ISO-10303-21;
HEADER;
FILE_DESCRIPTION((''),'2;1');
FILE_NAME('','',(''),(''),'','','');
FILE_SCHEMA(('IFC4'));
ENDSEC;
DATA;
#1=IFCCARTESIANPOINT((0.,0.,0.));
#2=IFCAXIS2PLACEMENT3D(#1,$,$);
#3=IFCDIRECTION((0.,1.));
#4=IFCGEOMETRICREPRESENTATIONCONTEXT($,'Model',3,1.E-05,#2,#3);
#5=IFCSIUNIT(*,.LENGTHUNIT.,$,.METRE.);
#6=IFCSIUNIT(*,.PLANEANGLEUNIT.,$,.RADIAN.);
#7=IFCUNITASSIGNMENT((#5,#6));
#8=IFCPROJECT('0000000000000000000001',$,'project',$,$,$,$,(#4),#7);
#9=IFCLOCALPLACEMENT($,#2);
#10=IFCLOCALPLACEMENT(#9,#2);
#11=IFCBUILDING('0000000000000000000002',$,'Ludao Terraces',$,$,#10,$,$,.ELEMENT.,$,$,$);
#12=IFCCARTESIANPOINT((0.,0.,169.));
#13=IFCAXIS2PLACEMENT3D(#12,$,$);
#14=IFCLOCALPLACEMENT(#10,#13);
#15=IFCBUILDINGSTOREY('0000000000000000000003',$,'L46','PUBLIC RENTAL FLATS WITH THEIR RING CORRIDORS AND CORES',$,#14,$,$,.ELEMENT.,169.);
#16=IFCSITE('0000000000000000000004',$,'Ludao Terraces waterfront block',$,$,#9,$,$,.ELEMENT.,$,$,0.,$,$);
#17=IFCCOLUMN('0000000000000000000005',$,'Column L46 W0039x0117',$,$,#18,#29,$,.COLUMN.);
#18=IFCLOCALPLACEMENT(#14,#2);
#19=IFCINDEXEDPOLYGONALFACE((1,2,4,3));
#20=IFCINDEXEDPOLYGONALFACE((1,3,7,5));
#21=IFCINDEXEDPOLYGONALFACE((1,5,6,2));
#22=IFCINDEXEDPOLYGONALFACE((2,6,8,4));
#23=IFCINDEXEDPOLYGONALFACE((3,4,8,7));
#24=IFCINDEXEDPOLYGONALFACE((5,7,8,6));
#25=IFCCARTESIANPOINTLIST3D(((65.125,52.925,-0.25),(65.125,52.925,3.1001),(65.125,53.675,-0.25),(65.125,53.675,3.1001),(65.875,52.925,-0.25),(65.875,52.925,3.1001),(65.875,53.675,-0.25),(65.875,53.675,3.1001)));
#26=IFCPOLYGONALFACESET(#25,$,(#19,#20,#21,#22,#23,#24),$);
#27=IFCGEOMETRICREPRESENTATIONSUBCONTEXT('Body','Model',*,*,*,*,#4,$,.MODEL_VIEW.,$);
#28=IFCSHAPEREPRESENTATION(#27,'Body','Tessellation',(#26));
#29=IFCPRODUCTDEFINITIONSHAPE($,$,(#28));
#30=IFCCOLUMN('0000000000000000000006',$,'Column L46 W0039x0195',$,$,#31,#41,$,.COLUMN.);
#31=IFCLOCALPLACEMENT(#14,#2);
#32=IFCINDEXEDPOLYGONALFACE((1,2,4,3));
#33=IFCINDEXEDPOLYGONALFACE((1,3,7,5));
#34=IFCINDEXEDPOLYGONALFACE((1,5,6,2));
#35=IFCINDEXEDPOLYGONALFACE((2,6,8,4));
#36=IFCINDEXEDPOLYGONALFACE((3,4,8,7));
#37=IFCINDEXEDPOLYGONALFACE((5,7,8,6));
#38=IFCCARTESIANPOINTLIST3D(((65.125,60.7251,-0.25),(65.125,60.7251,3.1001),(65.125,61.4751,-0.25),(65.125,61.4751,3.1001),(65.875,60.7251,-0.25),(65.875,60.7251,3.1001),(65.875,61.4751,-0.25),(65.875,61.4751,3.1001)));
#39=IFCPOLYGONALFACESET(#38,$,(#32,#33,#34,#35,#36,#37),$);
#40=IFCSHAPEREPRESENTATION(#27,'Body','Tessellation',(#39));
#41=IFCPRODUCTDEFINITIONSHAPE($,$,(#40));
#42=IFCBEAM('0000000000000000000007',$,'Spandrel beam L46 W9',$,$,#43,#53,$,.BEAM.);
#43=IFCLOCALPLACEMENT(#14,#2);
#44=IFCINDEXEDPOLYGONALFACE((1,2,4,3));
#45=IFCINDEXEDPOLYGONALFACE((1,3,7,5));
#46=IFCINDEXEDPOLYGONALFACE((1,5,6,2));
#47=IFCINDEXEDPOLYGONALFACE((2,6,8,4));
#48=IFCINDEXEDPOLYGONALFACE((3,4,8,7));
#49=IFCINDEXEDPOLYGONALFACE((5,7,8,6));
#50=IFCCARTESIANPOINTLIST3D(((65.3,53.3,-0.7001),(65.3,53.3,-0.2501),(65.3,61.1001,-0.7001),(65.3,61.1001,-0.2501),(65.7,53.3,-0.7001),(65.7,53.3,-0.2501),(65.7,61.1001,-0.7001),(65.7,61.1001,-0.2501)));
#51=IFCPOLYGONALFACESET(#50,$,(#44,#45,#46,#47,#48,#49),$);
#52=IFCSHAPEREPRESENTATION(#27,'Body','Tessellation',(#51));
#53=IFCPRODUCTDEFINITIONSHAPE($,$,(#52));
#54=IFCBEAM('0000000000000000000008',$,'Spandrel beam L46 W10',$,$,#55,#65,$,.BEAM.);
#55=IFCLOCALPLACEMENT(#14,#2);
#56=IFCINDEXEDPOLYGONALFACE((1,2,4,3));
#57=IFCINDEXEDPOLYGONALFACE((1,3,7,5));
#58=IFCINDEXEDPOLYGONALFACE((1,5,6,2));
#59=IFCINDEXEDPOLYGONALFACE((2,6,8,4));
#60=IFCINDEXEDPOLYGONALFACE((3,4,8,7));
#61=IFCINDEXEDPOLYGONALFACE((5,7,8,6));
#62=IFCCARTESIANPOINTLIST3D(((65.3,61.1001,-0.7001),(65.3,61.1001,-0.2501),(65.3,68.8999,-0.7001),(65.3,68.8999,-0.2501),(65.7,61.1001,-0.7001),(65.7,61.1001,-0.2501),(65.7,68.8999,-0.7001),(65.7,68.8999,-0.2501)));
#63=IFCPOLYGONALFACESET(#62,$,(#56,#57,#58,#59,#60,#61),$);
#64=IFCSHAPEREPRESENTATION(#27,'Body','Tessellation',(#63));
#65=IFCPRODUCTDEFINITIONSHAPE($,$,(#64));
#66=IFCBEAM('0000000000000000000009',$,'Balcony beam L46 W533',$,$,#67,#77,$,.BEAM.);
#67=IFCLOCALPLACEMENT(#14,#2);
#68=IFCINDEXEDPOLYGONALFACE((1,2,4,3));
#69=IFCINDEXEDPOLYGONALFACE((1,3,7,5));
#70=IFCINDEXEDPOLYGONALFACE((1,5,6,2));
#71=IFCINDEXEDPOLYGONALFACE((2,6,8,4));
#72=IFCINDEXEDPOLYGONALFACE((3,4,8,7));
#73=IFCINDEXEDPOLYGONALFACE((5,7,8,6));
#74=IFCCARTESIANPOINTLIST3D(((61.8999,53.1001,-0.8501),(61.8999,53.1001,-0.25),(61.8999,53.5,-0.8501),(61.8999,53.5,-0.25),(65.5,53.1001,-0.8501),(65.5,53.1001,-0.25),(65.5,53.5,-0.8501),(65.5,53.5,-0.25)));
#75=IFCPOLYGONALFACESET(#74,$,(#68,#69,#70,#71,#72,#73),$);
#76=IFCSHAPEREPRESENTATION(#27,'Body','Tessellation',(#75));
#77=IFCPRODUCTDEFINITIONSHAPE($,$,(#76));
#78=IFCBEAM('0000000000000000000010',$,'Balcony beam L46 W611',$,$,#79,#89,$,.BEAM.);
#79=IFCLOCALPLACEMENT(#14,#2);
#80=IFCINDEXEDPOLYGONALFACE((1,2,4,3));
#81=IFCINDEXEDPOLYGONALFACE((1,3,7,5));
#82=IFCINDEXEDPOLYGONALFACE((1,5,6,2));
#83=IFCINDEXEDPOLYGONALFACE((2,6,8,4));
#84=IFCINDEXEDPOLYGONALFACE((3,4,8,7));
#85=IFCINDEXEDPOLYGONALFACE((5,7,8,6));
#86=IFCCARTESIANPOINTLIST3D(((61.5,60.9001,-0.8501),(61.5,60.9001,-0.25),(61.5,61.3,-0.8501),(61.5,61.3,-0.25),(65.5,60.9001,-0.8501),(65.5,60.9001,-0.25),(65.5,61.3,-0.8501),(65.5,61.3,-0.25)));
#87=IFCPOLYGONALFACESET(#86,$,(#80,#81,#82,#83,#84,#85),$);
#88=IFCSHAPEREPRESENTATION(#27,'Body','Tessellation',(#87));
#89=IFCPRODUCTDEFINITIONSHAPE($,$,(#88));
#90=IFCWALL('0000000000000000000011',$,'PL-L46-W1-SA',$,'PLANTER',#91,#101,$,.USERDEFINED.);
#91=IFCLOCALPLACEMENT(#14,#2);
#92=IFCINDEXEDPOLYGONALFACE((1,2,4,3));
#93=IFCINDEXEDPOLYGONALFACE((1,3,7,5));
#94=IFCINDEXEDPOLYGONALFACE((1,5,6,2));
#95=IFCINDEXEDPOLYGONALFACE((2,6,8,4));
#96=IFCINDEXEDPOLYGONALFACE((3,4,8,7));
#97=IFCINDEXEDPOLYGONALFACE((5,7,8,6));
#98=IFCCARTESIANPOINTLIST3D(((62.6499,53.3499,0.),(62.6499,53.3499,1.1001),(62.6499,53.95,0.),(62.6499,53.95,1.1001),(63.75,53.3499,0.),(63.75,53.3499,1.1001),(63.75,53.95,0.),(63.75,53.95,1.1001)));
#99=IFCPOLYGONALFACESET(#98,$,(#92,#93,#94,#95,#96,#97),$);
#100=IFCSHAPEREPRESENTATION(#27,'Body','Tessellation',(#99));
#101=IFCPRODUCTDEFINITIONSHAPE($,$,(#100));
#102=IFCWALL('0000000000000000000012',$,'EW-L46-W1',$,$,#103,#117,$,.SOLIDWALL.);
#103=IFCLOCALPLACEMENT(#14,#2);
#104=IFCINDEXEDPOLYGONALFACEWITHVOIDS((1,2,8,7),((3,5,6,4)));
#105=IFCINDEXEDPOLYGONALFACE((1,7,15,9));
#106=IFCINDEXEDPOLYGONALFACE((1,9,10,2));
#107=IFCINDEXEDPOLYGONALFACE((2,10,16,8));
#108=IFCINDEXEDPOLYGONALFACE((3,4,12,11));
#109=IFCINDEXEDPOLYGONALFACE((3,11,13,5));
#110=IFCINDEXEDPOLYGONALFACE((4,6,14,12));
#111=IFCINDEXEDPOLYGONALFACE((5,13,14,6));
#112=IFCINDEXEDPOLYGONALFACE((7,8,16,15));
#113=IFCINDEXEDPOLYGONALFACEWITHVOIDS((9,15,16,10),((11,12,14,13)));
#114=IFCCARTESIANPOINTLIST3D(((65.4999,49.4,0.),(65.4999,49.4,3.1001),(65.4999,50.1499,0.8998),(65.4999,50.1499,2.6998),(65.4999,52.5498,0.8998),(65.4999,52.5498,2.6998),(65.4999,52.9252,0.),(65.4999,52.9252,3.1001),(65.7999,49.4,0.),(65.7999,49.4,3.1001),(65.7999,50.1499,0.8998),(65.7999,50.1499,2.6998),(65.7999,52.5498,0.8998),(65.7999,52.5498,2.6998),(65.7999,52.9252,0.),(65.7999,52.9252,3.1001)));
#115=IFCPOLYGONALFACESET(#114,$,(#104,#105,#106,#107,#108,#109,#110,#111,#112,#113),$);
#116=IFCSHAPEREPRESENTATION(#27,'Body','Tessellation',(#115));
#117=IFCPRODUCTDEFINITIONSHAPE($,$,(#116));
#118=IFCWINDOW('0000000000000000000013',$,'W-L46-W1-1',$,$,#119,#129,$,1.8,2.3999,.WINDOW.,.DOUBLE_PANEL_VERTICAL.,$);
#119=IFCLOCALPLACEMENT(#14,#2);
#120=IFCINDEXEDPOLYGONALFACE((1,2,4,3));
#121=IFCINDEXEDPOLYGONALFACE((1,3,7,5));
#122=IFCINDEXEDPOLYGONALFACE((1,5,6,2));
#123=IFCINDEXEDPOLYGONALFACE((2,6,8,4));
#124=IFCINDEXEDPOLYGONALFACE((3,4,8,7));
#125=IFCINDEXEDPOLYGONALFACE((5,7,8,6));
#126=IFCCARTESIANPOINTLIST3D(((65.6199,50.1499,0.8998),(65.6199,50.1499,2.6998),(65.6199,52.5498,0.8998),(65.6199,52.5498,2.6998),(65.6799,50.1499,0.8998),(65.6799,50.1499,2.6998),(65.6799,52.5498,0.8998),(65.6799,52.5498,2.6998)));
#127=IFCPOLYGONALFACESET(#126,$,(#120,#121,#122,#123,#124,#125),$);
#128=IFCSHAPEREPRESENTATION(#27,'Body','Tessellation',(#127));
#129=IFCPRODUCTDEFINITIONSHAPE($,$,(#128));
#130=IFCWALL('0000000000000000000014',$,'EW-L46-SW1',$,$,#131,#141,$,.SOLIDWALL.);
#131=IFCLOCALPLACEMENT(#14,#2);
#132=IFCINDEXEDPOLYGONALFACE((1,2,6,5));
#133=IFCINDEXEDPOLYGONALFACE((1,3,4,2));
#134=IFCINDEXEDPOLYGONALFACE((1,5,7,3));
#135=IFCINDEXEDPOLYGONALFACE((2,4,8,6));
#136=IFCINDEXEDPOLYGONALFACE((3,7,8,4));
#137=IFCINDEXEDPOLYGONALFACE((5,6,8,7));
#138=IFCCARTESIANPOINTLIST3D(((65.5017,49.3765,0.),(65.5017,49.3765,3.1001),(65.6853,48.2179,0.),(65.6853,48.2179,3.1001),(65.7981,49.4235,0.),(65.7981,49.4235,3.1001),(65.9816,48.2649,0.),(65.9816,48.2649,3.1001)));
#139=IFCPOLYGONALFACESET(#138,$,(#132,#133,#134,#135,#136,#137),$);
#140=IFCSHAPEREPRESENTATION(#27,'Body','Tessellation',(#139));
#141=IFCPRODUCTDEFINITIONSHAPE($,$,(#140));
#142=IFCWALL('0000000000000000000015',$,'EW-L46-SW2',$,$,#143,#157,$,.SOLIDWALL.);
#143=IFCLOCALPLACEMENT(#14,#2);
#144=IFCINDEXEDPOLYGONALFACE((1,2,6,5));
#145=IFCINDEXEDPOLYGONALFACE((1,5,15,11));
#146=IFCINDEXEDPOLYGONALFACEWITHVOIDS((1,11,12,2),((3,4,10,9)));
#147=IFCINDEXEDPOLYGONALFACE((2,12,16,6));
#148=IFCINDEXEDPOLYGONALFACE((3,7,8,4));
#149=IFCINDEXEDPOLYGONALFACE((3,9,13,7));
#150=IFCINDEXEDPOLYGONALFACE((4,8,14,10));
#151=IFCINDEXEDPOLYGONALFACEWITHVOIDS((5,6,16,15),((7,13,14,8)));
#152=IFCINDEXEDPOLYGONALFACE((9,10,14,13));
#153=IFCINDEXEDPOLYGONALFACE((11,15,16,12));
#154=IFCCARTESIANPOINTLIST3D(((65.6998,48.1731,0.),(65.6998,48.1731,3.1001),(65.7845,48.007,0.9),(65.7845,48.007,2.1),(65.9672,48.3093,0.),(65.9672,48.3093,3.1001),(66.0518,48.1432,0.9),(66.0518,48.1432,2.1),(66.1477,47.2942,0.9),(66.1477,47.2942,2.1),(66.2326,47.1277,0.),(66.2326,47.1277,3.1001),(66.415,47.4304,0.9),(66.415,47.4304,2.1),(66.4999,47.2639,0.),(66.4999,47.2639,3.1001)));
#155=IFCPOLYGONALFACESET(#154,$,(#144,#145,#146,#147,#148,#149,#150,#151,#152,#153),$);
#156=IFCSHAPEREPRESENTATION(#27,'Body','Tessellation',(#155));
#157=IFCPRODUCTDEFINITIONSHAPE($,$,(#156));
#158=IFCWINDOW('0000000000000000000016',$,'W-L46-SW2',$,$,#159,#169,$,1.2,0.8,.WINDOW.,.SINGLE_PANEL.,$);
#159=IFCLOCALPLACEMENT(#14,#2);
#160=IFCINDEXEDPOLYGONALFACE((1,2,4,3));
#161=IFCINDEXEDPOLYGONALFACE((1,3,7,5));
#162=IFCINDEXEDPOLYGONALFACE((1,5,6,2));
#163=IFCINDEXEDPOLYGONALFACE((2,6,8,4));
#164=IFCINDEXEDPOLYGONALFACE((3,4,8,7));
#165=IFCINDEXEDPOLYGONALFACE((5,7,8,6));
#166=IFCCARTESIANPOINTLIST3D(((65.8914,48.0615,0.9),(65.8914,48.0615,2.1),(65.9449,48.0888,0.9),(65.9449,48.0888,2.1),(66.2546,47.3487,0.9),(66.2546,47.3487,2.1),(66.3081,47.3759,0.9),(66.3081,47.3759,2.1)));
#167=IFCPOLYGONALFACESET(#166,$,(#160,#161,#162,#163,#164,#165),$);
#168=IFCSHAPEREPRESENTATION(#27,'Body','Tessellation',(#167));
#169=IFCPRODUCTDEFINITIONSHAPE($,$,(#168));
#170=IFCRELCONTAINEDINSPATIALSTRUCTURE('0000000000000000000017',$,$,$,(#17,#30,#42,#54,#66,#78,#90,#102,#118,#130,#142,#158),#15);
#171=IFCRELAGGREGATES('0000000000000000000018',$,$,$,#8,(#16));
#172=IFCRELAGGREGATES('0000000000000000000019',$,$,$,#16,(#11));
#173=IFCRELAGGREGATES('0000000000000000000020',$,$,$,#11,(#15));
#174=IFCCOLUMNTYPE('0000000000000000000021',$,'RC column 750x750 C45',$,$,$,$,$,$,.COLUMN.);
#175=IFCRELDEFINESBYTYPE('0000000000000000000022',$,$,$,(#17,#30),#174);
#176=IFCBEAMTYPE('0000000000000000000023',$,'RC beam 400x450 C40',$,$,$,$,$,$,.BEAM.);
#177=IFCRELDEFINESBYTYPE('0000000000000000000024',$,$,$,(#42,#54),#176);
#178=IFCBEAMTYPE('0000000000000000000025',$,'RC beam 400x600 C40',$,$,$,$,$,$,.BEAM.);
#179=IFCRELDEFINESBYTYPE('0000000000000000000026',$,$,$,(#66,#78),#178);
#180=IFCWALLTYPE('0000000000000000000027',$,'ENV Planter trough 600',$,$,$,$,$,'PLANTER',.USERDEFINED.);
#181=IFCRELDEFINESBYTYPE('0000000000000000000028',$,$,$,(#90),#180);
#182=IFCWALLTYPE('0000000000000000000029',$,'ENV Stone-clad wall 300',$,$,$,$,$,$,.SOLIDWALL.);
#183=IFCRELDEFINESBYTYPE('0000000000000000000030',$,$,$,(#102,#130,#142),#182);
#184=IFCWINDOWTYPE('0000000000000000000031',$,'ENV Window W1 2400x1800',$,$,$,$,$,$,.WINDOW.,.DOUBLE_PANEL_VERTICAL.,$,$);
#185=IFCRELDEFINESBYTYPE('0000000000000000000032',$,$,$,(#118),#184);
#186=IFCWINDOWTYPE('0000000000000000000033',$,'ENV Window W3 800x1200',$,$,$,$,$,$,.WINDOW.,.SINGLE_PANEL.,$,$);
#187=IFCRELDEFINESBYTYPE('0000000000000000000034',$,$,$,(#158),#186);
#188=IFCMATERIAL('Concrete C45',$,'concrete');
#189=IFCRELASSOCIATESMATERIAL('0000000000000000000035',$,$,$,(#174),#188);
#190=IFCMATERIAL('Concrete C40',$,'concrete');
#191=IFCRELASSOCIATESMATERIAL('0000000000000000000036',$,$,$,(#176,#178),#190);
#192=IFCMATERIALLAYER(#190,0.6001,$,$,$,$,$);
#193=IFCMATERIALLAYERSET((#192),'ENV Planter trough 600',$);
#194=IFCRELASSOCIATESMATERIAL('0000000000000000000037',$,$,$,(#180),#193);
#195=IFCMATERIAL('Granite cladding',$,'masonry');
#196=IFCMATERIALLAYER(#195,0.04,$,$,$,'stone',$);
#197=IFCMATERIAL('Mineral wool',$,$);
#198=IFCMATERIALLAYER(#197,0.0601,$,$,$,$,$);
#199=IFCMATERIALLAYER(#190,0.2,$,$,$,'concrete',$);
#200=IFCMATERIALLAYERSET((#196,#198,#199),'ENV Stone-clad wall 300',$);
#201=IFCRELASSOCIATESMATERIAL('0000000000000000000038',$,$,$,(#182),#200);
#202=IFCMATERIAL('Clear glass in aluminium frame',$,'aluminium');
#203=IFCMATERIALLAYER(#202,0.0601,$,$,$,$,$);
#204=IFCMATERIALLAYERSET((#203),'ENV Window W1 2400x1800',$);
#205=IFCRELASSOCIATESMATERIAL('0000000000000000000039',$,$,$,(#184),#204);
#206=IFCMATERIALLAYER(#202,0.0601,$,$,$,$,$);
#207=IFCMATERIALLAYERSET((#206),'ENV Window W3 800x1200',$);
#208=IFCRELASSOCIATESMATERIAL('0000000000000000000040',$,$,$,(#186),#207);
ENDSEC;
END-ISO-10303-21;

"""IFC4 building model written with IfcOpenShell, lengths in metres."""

from ifc_helpers import new_model, si_unit, direction, frame, frame_2d, origin, origin_2d, place, context, subcontext, project, spatial, rectangle, extrude, material, layer, layer_set, material_profile, profile_set, type_object, element, fill, save


model = new_model("IFC4")

# Units and contexts
model_context = context("Model", 3, precision=1e-05, world=origin(), true_north=direction((0.0, 1.0)))
body_context = subcontext(model_context, "Body", "Model", "MODEL_VIEW")
ifc_project = project(units=[si_unit("LENGTHUNIT", "METRE"), si_unit("PLANEANGLEUNIT", "RADIAN")], contexts=[model_context])

# Site, building, storey
site_placement = place(None, origin())
site = spatial("IfcSite", under=ifc_project, at=site_placement, Name="Ludao Terraces waterfront block", CompositionType="ELEMENT", RefElevation=0.0)
building_placement = place(site_placement, origin())
building = spatial("IfcBuilding", under=site, at=building_placement, Name="Ludao Terraces", CompositionType="ELEMENT")
storey_placement = place(building_placement, frame((0.0, 0.0, 169.0)))
storey = spatial("IfcBuildingStorey", under=building, at=storey_placement, Name="L46", Description="PUBLIC RENTAL FLATS WITH THEIR RING CORRIDORS AND CORES", CompositionType="ELEMENT", Elevation=169.0)

# Columns
ifc_material_1 = material(Name="Concrete C45", Category="concrete")
ifc_material_profile_1 = material_profile(ifc_material_1, rectangle(XDim=0.75, YDim=0.75, at=origin_2d()), Name="750 X 750")
ifc_profile_set_1 = profile_set([ifc_material_profile_1], Name="Concrete C45")
column_type = type_object("IfcColumnType", Name="RC column 750x750 C45", PredefinedType="COLUMN", material=ifc_profile_set_1)
for number, where, z_axis, x_axis, name in (
    (1, (65.5, 53.3, -0.25), (0.0, 0.0, 1.0), (1.0, 0.0, 0.0), "Column L46 W0039x0117"),
    (2, (65.5, 61.1001, -0.25), (0.0, 0.0, 1.0), (1.0, 0.0, 0.0), "Column L46 W0039x0195"),
):
    element("IfcColumn", number, at=place(storey_placement, frame(where, z_axis=z_axis, x_axis=x_axis)), inside=storey, type_object=column_type, Name=name, PredefinedType="COLUMN", context=body_context, shape_type="SweptSolid", body=[
        extrude(rectangle(XDim=0.75, YDim=0.75, at=origin_2d()), origin(), (0.0, 0.0, 1.0), 3.3501),
    ])

# Beams
ifc_material_2 = material(Name="Concrete C40", Category="concrete")
ifc_material_profile_2 = material_profile(ifc_material_2, rectangle(XDim=0.3999, YDim=0.45, at=origin_2d()), Name="400 X 450")
ifc_profile_set_2 = profile_set([ifc_material_profile_2], Name="Concrete C40")
beam_type_1 = type_object("IfcBeamType", Name="RC beam 400x450 C40", PredefinedType="BEAM", material=ifc_profile_set_2)
beam_1_placement = place(storey_placement, frame((65.5, 53.3, -0.4751), z_axis=(0.0, 1.0, 0.0), x_axis=(-1.0, 0.0, 0.0)))
element("IfcBeam", 3, at=beam_1_placement, inside=storey, type_object=beam_type_1, Name="Spandrel beam L46 W9", PredefinedType="BEAM", context=body_context, shape_type="SweptSolid", body=[
    extrude(rectangle(XDim=0.3999, YDim=0.45, at=origin_2d()), origin(), (0.0, 0.0, 1.0), 7.8),
])
beam_2_placement = place(storey_placement, frame((65.5, 61.1001, -0.4751), z_axis=(0.0, 1.0, 0.0), x_axis=(-1.0, 0.0, 0.0)))
element("IfcBeam", 4, at=beam_2_placement, inside=storey, type_object=beam_type_1, Name="Spandrel beam L46 W10", PredefinedType="BEAM", context=body_context, shape_type="SweptSolid", body=[
    extrude(rectangle(XDim=0.3999, YDim=0.45, at=origin_2d()), origin(), (0.0, 0.0, 1.0), 7.7998),
])
ifc_material_profile_3 = material_profile(ifc_material_2, rectangle(XDim=0.3999, YDim=0.6001, at=origin_2d()), Name="400 X 600")
ifc_profile_set_3 = profile_set([ifc_material_profile_3], Name="Concrete C40")
beam_type_2 = type_object("IfcBeamType", Name="RC beam 400x600 C40", PredefinedType="BEAM", material=ifc_profile_set_3)
beam_3_placement = place(storey_placement, frame((65.5, 53.3, -0.55), z_axis=(-1.0, 0.0, 0.0), x_axis=(0.0, -1.0, 0.0)))
element("IfcBeam", 5, at=beam_3_placement, inside=storey, type_object=beam_type_2, Name="Balcony beam L46 W533", PredefinedType="BEAM", context=body_context, shape_type="SweptSolid", body=[
    extrude(rectangle(XDim=0.3999, YDim=0.6001, at=origin_2d()), origin(), (0.0, 0.0, 1.0), 3.6001),
])
beam_4_placement = place(storey_placement, frame((65.5, 61.1001, -0.55), z_axis=(-1.0, 0.0, 0.0), x_axis=(0.0, -1.0, 0.0)))
element("IfcBeam", 6, at=beam_4_placement, inside=storey, type_object=beam_type_2, Name="Balcony beam L46 W611", PredefinedType="BEAM", context=body_context, shape_type="SweptSolid", body=[
    extrude(rectangle(XDim=0.3999, YDim=0.6001, at=origin_2d()), origin(), (0.0, 0.0, 1.0), 4.0),
])

# Wall
ifc_layer_1 = layer(ifc_material_2, 0.6001)
ifc_layer_set_1 = layer_set([ifc_layer_1], Name="ENV Planter trough 600")
wall_type_1 = type_object("IfcWallType", Name="ENV Planter trough 600", ElementType="PLANTER", PredefinedType="USERDEFINED", material=ifc_layer_set_1)
wall_1_placement = place(storey_placement, frame((62.6499, 53.6499, 0.0), z_axis=(0.0, 0.0, 1.0), x_axis=(1.0, 0.0, 0.0)))
element("IfcWall", 7, at=wall_1_placement, inside=storey, type_object=wall_type_1, Name="PL-L46-W1-SA", ObjectType="PLANTER", PredefinedType="USERDEFINED", context=body_context, shape_type="SweptSolid", body=[
    extrude(rectangle(XDim=1.1001, YDim=0.6001, at=frame_2d((0.55, 0.0))), origin(), (0.0, 0.0, 1.0), 1.1001),
])

# Wall, opening, window
ifc_material_3 = material(Name="Granite cladding", Category="masonry")
ifc_layer_2 = layer(ifc_material_3, 0.04, Category="stone")
ifc_material_4 = material(Name="Mineral wool")
ifc_layer_3 = layer(ifc_material_4, 0.0601)
ifc_layer_4 = layer(ifc_material_2, 0.2, Category="concrete")
ifc_layer_set_2 = layer_set([ifc_layer_2, ifc_layer_3, ifc_layer_4], Name="ENV Stone-clad wall 300")
wall_type_2 = type_object("IfcWallType", Name="ENV Stone-clad wall 300", PredefinedType="SOLIDWALL", material=ifc_layer_set_2)
wall_2_placement = place(storey_placement, frame((65.6499, 49.3999, 0.0), z_axis=(0.0, 0.0, 1.0), x_axis=(0.0, 1.0, 0.0)))
wall_2 = element("IfcWall", 8, at=wall_2_placement, inside=storey, type_object=wall_type_2, Name="EW-L46-W1", PredefinedType="SOLIDWALL", context=body_context, shape_type="SweptSolid", body=[
    extrude(rectangle(XDim=3.5251, YDim=0.3, at=frame_2d((1.7627, 0.0))), origin(), (0.0, 0.0, 1.0), 3.1001),
])
opening_1_placement = place(wall_2_placement, frame((0.75, 0.0, 0.8999)))
opening_1 = element("IfcOpeningElement", 9, at=opening_1_placement, cuts=wall_2, PredefinedType="OPENING", context=body_context, shape_type="SweptSolid", body=[
    extrude(rectangle(XDim=2.3999, YDim=1.8, at=frame_2d((1.2, 0.8999))), frame((0.0, 0.1602, 0.0), z_axis=(0.0, -1.0, 0.0), x_axis=(1.0, 0.0, 0.0)), (0.0, 0.0, 1.0), 0.3201),
])
ifc_material_5 = material(Name="Clear glass in aluminium frame", Category="aluminium")
ifc_layer_5 = layer(ifc_material_5, 0.0601)
ifc_layer_set_3 = layer_set([ifc_layer_5], Name="ENV Window W1 2400x1800")
window_type_1 = type_object("IfcWindowType", Name="ENV Window W1 2400x1800", PartitioningType="DOUBLE_PANEL_VERTICAL", PredefinedType="WINDOW", material=ifc_layer_set_3)
window_1_placement = place(opening_1_placement, origin())
window_1 = element("IfcWindow", 10, at=window_1_placement, inside=storey, type_object=window_type_1, Name="W-L46-W1-1", OverallHeight=1.8, OverallWidth=2.3999, PartitioningType="DOUBLE_PANEL_VERTICAL", PredefinedType="WINDOW", context=body_context, shape_type="SweptSolid", body=[
    extrude(rectangle(XDim=2.3999, YDim=1.8, at=frame_2d((1.2, 0.8999))), frame((0.0, 0.03, 0.0), z_axis=(0.0, -1.0, 0.0), x_axis=(1.0, 0.0, 0.0)), (0.0, 0.0, 1.0), 0.0601),
])
fill(opening_1, window_1)

# Wall
wall_3_placement = place(storey_placement, frame((65.6499, 49.3999, 0.0), z_axis=(0.0, 0.0, 1.0), x_axis=(0.156497, -0.987678, 0.0)))
element("IfcWall", 11, at=wall_3_placement, inside=storey, type_object=wall_type_2, Name="EW-L46-SW1", PredefinedType="SOLIDWALL", context=body_context, shape_type="SweptSolid", body=[
    extrude(rectangle(XDim=1.1731, YDim=0.3, at=frame_2d((0.5864, 0.0))), origin(), (0.0, 0.0, 1.0), 3.1001),
])

# Wall, opening, window
wall_4_placement = place(storey_placement, frame((65.8335, 48.2412, 0.0), z_axis=(0.0, 0.0, 1.0), x_axis=(0.454026, -0.890989, 0.0)))
wall_4 = element("IfcWall", 12, at=wall_4_placement, inside=storey, type_object=wall_type_2, Name="EW-L46-SW2", PredefinedType="SOLIDWALL", context=body_context, shape_type="SweptSolid", body=[
    extrude(rectangle(XDim=1.1733, YDim=0.3, at=frame_2d((0.5867, 0.0))), origin(), (0.0, 0.0, 1.0), 3.1001),
])
opening_2_placement = place(wall_4_placement, frame((0.1865, 0.0, 0.8999)))
opening_2 = element("IfcOpeningElement", 13, at=opening_2_placement, cuts=wall_4, PredefinedType="OPENING", context=body_context, shape_type="SweptSolid", body=[
    extrude(rectangle(XDim=0.8, YDim=1.2, at=frame_2d((0.3999, 0.6001))), frame((0.0, 0.1602, 0.0), z_axis=(0.0, -1.0, 0.0), x_axis=(1.0, 0.0, 0.0)), (0.0, 0.0, 1.0), 0.3201),
])
ifc_layer_6 = layer(ifc_material_5, 0.0601)
ifc_layer_set_4 = layer_set([ifc_layer_6], Name="ENV Window W3 800x1200")
window_type_2 = type_object("IfcWindowType", Name="ENV Window W3 800x1200", PartitioningType="SINGLE_PANEL", PredefinedType="WINDOW", material=ifc_layer_set_4)
window_2_placement = place(opening_2_placement, origin())
window_2 = element("IfcWindow", 14, at=window_2_placement, inside=storey, type_object=window_type_2, Name="W-L46-SW2", OverallHeight=1.2, OverallWidth=0.8, PartitioningType="SINGLE_PANEL", PredefinedType="WINDOW", context=body_context, shape_type="SweptSolid", body=[
    extrude(rectangle(XDim=0.8, YDim=1.2, at=frame_2d((0.3999, 0.6001))), frame((0.0, 0.03, 0.0), z_axis=(0.0, -1.0, 0.0), x_axis=(1.0, 0.0, 0.0)), (0.0, 0.0, 1.0), 0.0601),
])
fill(opening_2, window_2)

save(model, "model.ifc")
